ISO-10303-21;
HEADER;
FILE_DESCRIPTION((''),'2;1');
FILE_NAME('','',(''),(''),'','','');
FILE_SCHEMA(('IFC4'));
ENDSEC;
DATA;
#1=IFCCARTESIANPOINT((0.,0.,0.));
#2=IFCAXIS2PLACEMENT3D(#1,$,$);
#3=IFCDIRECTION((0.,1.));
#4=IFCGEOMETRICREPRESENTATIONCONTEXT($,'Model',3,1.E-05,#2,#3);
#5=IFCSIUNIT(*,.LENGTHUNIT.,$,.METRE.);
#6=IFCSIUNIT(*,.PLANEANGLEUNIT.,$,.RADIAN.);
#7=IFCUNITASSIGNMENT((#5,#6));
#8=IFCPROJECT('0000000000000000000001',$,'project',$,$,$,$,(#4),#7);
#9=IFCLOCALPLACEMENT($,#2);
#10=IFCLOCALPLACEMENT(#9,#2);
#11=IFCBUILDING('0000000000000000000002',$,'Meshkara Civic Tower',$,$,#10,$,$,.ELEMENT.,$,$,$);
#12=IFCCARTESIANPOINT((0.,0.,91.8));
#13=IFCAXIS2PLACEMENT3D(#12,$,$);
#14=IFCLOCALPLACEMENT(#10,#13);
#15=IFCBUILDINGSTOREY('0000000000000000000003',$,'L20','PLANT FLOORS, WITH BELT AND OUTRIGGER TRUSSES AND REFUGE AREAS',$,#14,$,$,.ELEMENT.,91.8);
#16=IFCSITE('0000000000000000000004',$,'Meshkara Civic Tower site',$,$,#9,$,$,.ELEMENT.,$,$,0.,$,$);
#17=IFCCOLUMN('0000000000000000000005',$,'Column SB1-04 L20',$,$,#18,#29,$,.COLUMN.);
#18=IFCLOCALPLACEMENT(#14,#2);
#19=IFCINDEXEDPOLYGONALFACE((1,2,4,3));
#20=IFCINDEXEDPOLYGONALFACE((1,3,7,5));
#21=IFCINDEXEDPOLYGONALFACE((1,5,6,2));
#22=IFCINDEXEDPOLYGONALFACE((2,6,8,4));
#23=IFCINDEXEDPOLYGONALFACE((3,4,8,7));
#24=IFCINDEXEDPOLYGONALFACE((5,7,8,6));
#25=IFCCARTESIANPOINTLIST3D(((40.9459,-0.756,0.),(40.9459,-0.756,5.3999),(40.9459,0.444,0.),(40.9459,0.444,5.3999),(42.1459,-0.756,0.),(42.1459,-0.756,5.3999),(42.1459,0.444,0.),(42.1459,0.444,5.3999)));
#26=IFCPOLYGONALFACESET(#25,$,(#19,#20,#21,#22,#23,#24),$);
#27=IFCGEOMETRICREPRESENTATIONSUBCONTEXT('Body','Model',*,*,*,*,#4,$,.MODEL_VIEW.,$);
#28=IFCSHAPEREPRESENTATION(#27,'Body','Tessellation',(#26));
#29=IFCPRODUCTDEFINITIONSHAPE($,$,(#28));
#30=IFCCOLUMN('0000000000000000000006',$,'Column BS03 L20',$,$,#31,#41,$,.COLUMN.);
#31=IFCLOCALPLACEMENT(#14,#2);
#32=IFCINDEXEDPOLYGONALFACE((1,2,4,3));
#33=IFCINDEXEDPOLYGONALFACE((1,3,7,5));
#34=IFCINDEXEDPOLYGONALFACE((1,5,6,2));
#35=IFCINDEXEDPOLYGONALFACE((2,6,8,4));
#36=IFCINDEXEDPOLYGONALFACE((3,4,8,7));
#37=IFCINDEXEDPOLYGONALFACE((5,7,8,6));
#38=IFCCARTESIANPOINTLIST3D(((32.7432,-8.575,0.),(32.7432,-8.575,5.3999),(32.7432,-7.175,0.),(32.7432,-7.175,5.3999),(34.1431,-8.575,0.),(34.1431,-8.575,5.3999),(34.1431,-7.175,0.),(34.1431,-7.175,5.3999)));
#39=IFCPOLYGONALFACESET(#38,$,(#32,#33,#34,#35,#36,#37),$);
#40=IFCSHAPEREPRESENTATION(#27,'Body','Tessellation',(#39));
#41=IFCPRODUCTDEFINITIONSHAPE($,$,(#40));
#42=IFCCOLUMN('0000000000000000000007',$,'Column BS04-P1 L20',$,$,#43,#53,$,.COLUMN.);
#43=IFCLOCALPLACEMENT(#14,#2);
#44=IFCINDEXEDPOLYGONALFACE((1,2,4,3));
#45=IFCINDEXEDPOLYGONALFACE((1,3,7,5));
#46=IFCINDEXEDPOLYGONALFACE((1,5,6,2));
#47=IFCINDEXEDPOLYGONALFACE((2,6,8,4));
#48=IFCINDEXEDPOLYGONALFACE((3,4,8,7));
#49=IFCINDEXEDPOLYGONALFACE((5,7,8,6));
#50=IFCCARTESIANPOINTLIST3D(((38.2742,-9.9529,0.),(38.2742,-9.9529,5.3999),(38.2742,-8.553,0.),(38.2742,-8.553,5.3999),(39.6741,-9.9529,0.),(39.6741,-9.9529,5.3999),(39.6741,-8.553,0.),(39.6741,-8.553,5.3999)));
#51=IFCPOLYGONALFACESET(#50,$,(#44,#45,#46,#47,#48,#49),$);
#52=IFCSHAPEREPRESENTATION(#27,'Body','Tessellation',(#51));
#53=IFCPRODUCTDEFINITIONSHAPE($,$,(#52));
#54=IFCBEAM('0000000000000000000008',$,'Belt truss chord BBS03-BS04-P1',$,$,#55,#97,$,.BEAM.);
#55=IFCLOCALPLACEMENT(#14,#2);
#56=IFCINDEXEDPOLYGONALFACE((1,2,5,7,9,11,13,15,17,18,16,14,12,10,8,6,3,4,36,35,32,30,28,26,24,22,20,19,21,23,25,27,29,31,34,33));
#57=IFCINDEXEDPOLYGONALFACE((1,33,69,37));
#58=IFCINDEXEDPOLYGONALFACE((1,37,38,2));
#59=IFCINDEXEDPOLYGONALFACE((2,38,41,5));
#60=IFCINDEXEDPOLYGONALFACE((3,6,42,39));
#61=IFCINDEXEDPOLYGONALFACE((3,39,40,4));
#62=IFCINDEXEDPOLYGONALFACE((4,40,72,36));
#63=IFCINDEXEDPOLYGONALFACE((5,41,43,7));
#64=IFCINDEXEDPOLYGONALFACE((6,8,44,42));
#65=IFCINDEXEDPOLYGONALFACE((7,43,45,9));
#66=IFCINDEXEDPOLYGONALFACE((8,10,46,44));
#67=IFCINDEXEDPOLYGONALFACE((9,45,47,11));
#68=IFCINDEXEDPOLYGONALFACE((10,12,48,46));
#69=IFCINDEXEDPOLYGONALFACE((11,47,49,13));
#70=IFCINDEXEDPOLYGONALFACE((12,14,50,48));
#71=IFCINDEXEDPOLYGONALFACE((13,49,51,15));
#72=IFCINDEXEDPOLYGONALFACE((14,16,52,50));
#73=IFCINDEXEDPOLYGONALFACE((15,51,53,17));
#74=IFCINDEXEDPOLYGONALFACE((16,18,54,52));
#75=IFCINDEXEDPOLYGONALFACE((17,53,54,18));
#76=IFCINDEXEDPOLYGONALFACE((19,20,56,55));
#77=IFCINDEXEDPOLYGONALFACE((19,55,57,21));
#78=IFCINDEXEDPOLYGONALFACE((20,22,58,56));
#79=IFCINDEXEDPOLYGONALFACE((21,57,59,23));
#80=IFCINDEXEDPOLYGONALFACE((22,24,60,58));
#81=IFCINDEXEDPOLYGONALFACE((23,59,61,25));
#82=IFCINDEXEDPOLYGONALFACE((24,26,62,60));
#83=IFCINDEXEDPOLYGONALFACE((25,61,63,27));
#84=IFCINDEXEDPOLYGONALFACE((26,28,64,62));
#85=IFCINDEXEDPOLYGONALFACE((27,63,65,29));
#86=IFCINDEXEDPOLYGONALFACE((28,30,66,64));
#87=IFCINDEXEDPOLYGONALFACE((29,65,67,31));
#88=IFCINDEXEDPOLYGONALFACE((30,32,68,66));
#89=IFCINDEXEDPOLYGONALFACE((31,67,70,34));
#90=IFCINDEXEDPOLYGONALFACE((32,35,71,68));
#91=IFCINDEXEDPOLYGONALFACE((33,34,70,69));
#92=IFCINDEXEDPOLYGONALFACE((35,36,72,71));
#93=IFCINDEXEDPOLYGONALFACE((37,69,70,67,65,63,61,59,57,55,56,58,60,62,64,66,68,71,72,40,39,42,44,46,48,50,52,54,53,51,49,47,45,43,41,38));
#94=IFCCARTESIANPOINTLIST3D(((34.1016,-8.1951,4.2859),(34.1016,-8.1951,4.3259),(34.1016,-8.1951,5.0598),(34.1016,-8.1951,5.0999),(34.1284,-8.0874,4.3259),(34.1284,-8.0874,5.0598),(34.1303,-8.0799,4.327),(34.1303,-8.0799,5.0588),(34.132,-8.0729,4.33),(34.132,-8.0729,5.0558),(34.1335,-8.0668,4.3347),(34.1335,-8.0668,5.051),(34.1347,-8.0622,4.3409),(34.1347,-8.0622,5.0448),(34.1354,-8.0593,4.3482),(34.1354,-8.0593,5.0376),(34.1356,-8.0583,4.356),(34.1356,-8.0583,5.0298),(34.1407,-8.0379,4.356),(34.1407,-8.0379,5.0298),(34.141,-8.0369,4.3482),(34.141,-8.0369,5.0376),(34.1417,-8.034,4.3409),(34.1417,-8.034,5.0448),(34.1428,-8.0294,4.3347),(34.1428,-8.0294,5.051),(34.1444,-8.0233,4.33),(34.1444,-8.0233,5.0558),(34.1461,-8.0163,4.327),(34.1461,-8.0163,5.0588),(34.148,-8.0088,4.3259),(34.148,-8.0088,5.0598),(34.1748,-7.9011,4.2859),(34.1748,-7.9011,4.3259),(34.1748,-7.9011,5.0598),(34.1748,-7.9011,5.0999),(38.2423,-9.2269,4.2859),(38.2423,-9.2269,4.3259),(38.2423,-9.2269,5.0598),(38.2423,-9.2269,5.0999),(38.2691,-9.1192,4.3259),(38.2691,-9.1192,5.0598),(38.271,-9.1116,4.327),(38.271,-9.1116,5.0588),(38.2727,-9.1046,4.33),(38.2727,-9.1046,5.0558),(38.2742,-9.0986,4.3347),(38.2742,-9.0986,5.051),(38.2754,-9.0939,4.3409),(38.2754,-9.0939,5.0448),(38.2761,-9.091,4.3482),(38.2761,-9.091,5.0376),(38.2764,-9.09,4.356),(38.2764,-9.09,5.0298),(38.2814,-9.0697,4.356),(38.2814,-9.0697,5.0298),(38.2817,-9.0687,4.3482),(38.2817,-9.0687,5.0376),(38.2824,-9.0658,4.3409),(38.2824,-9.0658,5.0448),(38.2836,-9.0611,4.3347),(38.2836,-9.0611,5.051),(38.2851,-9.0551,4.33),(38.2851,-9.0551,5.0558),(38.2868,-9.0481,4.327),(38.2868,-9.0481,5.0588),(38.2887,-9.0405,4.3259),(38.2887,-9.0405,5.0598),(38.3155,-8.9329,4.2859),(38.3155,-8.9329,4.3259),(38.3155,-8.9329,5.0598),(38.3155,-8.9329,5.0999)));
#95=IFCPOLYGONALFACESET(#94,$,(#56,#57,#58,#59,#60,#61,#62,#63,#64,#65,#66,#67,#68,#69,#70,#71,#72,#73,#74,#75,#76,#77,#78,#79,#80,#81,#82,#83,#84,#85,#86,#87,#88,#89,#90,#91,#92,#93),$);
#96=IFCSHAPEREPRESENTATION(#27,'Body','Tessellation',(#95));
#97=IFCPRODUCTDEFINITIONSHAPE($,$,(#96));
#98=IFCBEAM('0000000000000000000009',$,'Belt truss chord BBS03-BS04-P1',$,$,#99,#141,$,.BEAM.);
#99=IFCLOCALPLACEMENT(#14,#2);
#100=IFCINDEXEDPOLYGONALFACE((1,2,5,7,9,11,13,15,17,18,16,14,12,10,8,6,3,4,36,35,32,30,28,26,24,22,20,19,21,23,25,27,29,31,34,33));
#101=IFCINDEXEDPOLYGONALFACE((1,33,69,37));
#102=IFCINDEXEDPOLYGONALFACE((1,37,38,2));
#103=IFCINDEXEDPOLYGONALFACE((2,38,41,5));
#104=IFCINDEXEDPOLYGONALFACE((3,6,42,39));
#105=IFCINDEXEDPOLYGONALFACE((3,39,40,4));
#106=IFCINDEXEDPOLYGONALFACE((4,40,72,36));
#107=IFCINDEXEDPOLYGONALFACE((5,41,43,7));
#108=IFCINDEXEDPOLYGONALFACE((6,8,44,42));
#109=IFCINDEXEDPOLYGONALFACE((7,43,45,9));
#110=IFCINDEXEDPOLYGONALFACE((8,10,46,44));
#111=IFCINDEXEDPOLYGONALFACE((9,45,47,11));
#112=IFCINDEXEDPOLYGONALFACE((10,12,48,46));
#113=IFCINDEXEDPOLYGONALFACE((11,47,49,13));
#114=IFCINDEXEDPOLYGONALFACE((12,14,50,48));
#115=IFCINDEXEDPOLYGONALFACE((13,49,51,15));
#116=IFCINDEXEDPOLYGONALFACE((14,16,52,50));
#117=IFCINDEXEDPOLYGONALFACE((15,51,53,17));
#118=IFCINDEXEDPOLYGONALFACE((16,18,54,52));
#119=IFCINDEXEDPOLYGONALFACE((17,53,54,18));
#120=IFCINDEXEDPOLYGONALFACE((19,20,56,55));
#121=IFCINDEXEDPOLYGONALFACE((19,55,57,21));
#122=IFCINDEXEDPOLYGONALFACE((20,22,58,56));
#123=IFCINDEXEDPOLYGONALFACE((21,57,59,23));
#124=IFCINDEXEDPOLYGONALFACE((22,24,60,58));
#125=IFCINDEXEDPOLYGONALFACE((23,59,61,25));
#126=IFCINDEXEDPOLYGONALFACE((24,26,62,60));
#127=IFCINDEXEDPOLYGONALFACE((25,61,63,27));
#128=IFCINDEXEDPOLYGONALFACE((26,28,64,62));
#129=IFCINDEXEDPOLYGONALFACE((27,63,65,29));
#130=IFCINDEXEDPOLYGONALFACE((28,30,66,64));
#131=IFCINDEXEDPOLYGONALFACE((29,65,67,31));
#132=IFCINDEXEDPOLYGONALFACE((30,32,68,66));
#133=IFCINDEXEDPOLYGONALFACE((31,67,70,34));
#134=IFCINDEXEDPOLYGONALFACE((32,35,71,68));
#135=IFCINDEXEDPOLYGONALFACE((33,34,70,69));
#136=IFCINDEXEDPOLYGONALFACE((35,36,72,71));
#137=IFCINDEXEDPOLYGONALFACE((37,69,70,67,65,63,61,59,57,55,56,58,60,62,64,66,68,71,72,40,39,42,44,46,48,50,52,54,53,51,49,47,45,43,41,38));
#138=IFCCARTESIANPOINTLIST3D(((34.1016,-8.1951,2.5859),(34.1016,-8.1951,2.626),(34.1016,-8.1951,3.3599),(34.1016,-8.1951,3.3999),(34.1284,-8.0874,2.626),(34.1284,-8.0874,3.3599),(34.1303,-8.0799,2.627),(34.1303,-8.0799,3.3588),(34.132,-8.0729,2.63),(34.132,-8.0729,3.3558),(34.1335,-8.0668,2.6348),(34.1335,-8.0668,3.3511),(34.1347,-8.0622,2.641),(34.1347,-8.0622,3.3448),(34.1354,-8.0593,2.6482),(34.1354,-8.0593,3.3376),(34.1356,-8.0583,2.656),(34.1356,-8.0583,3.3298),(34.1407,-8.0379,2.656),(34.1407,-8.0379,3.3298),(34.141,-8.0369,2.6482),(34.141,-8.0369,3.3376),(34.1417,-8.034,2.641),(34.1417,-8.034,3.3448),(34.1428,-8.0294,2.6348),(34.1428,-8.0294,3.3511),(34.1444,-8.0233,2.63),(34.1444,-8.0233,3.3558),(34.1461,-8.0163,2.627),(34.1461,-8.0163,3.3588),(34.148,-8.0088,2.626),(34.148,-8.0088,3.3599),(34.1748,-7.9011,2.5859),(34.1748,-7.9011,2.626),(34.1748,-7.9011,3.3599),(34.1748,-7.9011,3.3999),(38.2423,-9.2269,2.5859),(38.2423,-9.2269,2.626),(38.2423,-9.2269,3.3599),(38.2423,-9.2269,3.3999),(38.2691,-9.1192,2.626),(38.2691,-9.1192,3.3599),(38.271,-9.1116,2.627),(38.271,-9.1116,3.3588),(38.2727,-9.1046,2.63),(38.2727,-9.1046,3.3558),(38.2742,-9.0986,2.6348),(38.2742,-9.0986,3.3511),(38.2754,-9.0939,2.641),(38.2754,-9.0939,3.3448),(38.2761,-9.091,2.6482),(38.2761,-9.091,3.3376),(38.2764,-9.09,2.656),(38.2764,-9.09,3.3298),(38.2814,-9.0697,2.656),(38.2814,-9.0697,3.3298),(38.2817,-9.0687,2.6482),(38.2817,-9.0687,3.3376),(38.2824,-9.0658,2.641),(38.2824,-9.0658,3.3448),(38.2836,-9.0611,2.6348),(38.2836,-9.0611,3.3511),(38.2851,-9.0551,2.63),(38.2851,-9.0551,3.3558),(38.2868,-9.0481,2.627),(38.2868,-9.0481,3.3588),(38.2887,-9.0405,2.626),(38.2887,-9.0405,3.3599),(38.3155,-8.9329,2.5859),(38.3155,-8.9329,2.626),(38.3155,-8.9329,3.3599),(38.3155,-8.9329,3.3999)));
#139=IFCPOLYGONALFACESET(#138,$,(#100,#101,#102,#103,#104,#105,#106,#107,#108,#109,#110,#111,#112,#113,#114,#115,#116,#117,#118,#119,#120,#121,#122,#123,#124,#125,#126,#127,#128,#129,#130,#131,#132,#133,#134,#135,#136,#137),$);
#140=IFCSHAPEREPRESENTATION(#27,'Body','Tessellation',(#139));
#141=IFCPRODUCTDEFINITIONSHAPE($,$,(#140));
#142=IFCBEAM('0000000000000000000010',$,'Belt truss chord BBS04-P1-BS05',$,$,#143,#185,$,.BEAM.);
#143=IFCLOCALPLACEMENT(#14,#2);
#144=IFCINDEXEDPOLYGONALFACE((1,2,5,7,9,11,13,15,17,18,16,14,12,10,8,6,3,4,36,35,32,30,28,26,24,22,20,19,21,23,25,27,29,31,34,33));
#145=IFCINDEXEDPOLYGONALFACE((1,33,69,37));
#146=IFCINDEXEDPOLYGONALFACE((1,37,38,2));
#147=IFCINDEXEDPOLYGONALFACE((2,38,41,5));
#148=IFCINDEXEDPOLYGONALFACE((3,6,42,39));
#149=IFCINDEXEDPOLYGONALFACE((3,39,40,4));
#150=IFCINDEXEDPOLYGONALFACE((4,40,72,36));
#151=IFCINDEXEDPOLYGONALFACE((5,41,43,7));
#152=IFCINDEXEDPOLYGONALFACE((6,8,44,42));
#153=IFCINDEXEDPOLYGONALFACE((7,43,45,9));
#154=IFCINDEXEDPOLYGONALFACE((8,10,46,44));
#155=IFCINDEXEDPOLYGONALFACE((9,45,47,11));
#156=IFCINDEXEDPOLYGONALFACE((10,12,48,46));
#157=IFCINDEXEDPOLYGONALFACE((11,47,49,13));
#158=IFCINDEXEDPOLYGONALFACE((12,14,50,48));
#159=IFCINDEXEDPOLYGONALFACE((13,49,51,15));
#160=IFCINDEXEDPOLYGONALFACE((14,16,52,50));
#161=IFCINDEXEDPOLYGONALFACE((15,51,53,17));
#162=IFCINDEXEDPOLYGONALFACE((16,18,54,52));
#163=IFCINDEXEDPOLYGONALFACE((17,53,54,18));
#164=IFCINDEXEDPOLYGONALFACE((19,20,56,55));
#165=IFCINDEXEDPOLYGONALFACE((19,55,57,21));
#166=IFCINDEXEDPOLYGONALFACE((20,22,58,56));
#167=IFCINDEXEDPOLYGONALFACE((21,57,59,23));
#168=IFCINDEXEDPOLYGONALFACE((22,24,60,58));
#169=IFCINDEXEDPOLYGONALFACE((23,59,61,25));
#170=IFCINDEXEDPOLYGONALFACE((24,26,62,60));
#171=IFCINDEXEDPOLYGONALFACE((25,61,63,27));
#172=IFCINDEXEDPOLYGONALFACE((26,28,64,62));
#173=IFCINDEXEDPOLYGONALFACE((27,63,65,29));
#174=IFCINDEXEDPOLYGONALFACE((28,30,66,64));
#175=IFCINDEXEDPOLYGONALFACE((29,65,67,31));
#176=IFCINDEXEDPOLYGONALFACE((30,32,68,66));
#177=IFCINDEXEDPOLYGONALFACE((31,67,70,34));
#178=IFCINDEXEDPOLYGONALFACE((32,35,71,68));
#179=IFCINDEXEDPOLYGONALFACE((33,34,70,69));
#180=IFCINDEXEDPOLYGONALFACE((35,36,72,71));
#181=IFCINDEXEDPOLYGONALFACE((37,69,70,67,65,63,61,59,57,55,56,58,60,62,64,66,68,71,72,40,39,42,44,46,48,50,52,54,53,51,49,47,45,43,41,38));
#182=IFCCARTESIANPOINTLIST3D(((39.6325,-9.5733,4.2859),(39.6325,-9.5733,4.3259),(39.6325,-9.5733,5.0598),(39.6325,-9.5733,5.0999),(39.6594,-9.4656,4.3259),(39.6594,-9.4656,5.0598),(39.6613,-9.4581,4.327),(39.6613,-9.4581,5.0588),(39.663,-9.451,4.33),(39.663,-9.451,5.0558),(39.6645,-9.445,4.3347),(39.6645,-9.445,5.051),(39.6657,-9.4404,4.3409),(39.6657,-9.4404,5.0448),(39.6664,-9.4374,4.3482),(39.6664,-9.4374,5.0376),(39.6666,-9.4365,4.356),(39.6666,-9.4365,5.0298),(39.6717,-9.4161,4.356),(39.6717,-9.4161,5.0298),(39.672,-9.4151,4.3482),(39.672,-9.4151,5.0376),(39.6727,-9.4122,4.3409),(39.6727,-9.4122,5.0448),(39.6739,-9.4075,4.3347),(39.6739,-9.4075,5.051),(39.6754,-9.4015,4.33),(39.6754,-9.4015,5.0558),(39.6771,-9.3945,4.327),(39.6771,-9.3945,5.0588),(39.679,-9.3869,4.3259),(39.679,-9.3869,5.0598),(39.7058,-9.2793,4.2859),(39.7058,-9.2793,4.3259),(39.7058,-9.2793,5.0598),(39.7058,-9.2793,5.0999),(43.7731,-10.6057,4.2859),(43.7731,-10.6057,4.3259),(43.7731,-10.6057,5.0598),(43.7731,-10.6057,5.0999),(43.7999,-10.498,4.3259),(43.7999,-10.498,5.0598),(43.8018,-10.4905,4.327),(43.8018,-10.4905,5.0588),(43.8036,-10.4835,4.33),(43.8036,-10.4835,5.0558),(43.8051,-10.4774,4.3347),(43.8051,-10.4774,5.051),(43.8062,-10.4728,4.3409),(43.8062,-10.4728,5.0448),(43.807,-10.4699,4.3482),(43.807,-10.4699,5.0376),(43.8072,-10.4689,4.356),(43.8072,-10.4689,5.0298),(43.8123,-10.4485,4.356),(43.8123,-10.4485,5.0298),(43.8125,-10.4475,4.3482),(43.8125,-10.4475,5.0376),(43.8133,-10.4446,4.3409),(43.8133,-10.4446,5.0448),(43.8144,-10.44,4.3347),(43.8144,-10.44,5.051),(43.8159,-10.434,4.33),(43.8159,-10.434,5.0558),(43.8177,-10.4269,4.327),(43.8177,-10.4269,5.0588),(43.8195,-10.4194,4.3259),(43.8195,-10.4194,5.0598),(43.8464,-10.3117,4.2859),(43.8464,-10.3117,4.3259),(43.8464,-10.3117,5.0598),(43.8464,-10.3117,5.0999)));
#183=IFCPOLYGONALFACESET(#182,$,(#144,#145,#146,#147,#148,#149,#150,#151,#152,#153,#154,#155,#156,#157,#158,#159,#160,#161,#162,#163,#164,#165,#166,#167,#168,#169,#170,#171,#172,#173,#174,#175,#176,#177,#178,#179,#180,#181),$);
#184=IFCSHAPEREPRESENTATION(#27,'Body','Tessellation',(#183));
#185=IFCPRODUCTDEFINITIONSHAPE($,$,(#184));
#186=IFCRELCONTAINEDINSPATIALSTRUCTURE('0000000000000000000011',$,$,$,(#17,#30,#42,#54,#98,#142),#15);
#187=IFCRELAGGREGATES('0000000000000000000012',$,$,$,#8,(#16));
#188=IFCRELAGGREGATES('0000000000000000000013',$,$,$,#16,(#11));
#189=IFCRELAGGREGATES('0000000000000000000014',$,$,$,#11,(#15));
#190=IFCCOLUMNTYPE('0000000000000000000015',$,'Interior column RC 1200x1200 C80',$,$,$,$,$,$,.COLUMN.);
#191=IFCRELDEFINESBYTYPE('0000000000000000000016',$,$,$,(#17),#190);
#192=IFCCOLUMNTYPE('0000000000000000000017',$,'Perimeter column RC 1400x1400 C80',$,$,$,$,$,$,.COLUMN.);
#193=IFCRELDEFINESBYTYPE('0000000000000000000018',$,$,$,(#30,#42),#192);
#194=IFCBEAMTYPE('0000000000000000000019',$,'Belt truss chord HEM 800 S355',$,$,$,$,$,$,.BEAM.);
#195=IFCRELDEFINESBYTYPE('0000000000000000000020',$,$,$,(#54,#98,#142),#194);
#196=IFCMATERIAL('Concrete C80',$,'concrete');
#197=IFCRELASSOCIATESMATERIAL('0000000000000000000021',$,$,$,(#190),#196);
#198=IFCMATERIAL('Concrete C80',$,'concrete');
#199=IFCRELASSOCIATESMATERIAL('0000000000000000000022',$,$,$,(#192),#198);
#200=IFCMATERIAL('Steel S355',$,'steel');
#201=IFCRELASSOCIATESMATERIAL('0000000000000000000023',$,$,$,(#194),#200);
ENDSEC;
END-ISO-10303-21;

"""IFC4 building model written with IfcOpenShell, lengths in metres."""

from ifc_helpers import new_model, si_unit, direction, frame, origin, origin_2d, place, context, subcontext, project, spatial, rectangle, i_section, extrude, material, material_profile, profile_set, type_object, element, save


model = new_model("IFC4")

# Units and contexts
model_context = context("Model", 3, precision=1e-05, world=origin(), true_north=direction((0.0, 1.0)))
body_context = subcontext(model_context, "Body", "Model", "MODEL_VIEW")
ifc_project = project(units=[si_unit("LENGTHUNIT", "METRE"), si_unit("PLANEANGLEUNIT", "RADIAN")], contexts=[model_context])

# Site, building, storey
site_placement = place(None, origin())
site = spatial("IfcSite", under=ifc_project, at=site_placement, Name="Meshkara Civic Tower site", CompositionType="ELEMENT", RefElevation=0.0)
building_placement = place(site_placement, origin())
building = spatial("IfcBuilding", under=site, at=building_placement, Name="Meshkara Civic Tower", CompositionType="ELEMENT")
storey_placement = place(building_placement, frame((0.0, 0.0, 91.8)))
storey = spatial("IfcBuildingStorey", under=building, at=storey_placement, Name="L20", Description="PLANT FLOORS, WITH BELT AND OUTRIGGER TRUSSES AND REFUGE AREAS", CompositionType="ELEMENT", Elevation=91.8)

# Columns
ifc_material_1 = material(Name="Concrete C80", Category="concrete")
ifc_material_profile_1 = material_profile(ifc_material_1, rectangle(XDim=1.2, YDim=1.2, at=origin_2d()))
ifc_profile_set_1 = profile_set([ifc_material_profile_1], Name="Concrete C80")
column_type_1 = type_object("IfcColumnType", Name="Interior column RC 1200x1200 C80", PredefinedType="COLUMN", material=ifc_profile_set_1)
column_placement = place(storey_placement, frame((41.5459, -0.156, 0.0), z_axis=(0.0, 0.0, 1.0), x_axis=(1.0, 0.0, 0.0)))
element("IfcColumn", 1, at=column_placement, inside=storey, type_object=column_type_1, Name="Column SB1-04 L20", PredefinedType="COLUMN", context=body_context, shape_type="SweptSolid", body=[
    extrude(rectangle(XDim=1.2, YDim=1.2, at=origin_2d()), origin(), (0.0, 0.0, 1.0), 5.3999),
])
ifc_material_2 = material(Name="Concrete C80", Category="concrete")
ifc_material_profile_2 = material_profile(ifc_material_2, rectangle(XDim=1.3999, YDim=1.3999, at=origin_2d()))
ifc_profile_set_2 = profile_set([ifc_material_profile_2], Name="Concrete C80")
column_type_2 = type_object("IfcColumnType", Name="Perimeter column RC 1400x1400 C80", PredefinedType="COLUMN", material=ifc_profile_set_2)
for number, where, z_axis, x_axis, name in (
    (2, (33.4431, -7.875, 0.0), (0.0, 0.0, 1.0), (1.0, 0.0, 0.0), "Column BS03 L20"),
    (3, (38.9741, -9.2529, 0.0), (0.0, 0.0, 1.0), (1.0, 0.0, 0.0), "Column BS04-P1 L20"),
):
    element("IfcColumn", number, at=place(storey_placement, frame(where, z_axis=z_axis, x_axis=x_axis)), inside=storey, type_object=column_type_2, Name=name, PredefinedType="COLUMN", context=body_context, shape_type="SweptSolid", body=[
        extrude(rectangle(XDim=1.3999, YDim=1.3999, at=origin_2d()), origin(), (0.0, 0.0, 1.0), 5.3999),
    ])

# Beams
ifc_material_3 = material(Name="Steel S355", Category="steel")
ifc_material_profile_3 = material_profile(ifc_material_3, i_section(OverallWidth=0.303, OverallDepth=0.814, WebThickness=0.021, FlangeThickness=0.04, FilletRadius=0.03, at=origin_2d()))
ifc_profile_set_3 = profile_set([ifc_material_profile_3], Name="Steel S355")
beam_type_1 = type_object("IfcBeamType", Name="Belt truss chord HEM 800 S355", PredefinedType="BEAM", material=ifc_profile_set_3)
for number, where, z_axis, x_axis, name in (
    (4, (34.1382, -8.0481, 4.6929), (0.970331, -0.241782, 0.0), (0.241782, 0.970331, 0.0), "Belt truss chord BBS03-BS04-P1"),
    (5, (34.1382, -8.0481, 2.9929), (0.970331, -0.241782, 0.0), (0.241782, 0.970331, 0.0), "Belt truss chord BBS03-BS04-P1"),
    (6, (39.6692, -9.4263, 4.6929), (0.97029, -0.241943, 0.0), (0.241943, 0.97029, 0.0), "Belt truss chord BBS04-P1-BS05"),
):
    element("IfcBeam", number, at=place(storey_placement, frame(where, z_axis=z_axis, x_axis=x_axis)), inside=storey, type_object=beam_type_1, Name=name, PredefinedType="BEAM", context=body_context, shape_type="SweptSolid", body=[
        extrude(i_section(OverallWidth=0.303, OverallDepth=0.814, WebThickness=0.021, FlangeThickness=0.04, FilletRadius=0.03, at=origin_2d()), origin(), (0.0, 0.0, 1.0), 4.2673),
    ])

save(model, "model.ifc")
